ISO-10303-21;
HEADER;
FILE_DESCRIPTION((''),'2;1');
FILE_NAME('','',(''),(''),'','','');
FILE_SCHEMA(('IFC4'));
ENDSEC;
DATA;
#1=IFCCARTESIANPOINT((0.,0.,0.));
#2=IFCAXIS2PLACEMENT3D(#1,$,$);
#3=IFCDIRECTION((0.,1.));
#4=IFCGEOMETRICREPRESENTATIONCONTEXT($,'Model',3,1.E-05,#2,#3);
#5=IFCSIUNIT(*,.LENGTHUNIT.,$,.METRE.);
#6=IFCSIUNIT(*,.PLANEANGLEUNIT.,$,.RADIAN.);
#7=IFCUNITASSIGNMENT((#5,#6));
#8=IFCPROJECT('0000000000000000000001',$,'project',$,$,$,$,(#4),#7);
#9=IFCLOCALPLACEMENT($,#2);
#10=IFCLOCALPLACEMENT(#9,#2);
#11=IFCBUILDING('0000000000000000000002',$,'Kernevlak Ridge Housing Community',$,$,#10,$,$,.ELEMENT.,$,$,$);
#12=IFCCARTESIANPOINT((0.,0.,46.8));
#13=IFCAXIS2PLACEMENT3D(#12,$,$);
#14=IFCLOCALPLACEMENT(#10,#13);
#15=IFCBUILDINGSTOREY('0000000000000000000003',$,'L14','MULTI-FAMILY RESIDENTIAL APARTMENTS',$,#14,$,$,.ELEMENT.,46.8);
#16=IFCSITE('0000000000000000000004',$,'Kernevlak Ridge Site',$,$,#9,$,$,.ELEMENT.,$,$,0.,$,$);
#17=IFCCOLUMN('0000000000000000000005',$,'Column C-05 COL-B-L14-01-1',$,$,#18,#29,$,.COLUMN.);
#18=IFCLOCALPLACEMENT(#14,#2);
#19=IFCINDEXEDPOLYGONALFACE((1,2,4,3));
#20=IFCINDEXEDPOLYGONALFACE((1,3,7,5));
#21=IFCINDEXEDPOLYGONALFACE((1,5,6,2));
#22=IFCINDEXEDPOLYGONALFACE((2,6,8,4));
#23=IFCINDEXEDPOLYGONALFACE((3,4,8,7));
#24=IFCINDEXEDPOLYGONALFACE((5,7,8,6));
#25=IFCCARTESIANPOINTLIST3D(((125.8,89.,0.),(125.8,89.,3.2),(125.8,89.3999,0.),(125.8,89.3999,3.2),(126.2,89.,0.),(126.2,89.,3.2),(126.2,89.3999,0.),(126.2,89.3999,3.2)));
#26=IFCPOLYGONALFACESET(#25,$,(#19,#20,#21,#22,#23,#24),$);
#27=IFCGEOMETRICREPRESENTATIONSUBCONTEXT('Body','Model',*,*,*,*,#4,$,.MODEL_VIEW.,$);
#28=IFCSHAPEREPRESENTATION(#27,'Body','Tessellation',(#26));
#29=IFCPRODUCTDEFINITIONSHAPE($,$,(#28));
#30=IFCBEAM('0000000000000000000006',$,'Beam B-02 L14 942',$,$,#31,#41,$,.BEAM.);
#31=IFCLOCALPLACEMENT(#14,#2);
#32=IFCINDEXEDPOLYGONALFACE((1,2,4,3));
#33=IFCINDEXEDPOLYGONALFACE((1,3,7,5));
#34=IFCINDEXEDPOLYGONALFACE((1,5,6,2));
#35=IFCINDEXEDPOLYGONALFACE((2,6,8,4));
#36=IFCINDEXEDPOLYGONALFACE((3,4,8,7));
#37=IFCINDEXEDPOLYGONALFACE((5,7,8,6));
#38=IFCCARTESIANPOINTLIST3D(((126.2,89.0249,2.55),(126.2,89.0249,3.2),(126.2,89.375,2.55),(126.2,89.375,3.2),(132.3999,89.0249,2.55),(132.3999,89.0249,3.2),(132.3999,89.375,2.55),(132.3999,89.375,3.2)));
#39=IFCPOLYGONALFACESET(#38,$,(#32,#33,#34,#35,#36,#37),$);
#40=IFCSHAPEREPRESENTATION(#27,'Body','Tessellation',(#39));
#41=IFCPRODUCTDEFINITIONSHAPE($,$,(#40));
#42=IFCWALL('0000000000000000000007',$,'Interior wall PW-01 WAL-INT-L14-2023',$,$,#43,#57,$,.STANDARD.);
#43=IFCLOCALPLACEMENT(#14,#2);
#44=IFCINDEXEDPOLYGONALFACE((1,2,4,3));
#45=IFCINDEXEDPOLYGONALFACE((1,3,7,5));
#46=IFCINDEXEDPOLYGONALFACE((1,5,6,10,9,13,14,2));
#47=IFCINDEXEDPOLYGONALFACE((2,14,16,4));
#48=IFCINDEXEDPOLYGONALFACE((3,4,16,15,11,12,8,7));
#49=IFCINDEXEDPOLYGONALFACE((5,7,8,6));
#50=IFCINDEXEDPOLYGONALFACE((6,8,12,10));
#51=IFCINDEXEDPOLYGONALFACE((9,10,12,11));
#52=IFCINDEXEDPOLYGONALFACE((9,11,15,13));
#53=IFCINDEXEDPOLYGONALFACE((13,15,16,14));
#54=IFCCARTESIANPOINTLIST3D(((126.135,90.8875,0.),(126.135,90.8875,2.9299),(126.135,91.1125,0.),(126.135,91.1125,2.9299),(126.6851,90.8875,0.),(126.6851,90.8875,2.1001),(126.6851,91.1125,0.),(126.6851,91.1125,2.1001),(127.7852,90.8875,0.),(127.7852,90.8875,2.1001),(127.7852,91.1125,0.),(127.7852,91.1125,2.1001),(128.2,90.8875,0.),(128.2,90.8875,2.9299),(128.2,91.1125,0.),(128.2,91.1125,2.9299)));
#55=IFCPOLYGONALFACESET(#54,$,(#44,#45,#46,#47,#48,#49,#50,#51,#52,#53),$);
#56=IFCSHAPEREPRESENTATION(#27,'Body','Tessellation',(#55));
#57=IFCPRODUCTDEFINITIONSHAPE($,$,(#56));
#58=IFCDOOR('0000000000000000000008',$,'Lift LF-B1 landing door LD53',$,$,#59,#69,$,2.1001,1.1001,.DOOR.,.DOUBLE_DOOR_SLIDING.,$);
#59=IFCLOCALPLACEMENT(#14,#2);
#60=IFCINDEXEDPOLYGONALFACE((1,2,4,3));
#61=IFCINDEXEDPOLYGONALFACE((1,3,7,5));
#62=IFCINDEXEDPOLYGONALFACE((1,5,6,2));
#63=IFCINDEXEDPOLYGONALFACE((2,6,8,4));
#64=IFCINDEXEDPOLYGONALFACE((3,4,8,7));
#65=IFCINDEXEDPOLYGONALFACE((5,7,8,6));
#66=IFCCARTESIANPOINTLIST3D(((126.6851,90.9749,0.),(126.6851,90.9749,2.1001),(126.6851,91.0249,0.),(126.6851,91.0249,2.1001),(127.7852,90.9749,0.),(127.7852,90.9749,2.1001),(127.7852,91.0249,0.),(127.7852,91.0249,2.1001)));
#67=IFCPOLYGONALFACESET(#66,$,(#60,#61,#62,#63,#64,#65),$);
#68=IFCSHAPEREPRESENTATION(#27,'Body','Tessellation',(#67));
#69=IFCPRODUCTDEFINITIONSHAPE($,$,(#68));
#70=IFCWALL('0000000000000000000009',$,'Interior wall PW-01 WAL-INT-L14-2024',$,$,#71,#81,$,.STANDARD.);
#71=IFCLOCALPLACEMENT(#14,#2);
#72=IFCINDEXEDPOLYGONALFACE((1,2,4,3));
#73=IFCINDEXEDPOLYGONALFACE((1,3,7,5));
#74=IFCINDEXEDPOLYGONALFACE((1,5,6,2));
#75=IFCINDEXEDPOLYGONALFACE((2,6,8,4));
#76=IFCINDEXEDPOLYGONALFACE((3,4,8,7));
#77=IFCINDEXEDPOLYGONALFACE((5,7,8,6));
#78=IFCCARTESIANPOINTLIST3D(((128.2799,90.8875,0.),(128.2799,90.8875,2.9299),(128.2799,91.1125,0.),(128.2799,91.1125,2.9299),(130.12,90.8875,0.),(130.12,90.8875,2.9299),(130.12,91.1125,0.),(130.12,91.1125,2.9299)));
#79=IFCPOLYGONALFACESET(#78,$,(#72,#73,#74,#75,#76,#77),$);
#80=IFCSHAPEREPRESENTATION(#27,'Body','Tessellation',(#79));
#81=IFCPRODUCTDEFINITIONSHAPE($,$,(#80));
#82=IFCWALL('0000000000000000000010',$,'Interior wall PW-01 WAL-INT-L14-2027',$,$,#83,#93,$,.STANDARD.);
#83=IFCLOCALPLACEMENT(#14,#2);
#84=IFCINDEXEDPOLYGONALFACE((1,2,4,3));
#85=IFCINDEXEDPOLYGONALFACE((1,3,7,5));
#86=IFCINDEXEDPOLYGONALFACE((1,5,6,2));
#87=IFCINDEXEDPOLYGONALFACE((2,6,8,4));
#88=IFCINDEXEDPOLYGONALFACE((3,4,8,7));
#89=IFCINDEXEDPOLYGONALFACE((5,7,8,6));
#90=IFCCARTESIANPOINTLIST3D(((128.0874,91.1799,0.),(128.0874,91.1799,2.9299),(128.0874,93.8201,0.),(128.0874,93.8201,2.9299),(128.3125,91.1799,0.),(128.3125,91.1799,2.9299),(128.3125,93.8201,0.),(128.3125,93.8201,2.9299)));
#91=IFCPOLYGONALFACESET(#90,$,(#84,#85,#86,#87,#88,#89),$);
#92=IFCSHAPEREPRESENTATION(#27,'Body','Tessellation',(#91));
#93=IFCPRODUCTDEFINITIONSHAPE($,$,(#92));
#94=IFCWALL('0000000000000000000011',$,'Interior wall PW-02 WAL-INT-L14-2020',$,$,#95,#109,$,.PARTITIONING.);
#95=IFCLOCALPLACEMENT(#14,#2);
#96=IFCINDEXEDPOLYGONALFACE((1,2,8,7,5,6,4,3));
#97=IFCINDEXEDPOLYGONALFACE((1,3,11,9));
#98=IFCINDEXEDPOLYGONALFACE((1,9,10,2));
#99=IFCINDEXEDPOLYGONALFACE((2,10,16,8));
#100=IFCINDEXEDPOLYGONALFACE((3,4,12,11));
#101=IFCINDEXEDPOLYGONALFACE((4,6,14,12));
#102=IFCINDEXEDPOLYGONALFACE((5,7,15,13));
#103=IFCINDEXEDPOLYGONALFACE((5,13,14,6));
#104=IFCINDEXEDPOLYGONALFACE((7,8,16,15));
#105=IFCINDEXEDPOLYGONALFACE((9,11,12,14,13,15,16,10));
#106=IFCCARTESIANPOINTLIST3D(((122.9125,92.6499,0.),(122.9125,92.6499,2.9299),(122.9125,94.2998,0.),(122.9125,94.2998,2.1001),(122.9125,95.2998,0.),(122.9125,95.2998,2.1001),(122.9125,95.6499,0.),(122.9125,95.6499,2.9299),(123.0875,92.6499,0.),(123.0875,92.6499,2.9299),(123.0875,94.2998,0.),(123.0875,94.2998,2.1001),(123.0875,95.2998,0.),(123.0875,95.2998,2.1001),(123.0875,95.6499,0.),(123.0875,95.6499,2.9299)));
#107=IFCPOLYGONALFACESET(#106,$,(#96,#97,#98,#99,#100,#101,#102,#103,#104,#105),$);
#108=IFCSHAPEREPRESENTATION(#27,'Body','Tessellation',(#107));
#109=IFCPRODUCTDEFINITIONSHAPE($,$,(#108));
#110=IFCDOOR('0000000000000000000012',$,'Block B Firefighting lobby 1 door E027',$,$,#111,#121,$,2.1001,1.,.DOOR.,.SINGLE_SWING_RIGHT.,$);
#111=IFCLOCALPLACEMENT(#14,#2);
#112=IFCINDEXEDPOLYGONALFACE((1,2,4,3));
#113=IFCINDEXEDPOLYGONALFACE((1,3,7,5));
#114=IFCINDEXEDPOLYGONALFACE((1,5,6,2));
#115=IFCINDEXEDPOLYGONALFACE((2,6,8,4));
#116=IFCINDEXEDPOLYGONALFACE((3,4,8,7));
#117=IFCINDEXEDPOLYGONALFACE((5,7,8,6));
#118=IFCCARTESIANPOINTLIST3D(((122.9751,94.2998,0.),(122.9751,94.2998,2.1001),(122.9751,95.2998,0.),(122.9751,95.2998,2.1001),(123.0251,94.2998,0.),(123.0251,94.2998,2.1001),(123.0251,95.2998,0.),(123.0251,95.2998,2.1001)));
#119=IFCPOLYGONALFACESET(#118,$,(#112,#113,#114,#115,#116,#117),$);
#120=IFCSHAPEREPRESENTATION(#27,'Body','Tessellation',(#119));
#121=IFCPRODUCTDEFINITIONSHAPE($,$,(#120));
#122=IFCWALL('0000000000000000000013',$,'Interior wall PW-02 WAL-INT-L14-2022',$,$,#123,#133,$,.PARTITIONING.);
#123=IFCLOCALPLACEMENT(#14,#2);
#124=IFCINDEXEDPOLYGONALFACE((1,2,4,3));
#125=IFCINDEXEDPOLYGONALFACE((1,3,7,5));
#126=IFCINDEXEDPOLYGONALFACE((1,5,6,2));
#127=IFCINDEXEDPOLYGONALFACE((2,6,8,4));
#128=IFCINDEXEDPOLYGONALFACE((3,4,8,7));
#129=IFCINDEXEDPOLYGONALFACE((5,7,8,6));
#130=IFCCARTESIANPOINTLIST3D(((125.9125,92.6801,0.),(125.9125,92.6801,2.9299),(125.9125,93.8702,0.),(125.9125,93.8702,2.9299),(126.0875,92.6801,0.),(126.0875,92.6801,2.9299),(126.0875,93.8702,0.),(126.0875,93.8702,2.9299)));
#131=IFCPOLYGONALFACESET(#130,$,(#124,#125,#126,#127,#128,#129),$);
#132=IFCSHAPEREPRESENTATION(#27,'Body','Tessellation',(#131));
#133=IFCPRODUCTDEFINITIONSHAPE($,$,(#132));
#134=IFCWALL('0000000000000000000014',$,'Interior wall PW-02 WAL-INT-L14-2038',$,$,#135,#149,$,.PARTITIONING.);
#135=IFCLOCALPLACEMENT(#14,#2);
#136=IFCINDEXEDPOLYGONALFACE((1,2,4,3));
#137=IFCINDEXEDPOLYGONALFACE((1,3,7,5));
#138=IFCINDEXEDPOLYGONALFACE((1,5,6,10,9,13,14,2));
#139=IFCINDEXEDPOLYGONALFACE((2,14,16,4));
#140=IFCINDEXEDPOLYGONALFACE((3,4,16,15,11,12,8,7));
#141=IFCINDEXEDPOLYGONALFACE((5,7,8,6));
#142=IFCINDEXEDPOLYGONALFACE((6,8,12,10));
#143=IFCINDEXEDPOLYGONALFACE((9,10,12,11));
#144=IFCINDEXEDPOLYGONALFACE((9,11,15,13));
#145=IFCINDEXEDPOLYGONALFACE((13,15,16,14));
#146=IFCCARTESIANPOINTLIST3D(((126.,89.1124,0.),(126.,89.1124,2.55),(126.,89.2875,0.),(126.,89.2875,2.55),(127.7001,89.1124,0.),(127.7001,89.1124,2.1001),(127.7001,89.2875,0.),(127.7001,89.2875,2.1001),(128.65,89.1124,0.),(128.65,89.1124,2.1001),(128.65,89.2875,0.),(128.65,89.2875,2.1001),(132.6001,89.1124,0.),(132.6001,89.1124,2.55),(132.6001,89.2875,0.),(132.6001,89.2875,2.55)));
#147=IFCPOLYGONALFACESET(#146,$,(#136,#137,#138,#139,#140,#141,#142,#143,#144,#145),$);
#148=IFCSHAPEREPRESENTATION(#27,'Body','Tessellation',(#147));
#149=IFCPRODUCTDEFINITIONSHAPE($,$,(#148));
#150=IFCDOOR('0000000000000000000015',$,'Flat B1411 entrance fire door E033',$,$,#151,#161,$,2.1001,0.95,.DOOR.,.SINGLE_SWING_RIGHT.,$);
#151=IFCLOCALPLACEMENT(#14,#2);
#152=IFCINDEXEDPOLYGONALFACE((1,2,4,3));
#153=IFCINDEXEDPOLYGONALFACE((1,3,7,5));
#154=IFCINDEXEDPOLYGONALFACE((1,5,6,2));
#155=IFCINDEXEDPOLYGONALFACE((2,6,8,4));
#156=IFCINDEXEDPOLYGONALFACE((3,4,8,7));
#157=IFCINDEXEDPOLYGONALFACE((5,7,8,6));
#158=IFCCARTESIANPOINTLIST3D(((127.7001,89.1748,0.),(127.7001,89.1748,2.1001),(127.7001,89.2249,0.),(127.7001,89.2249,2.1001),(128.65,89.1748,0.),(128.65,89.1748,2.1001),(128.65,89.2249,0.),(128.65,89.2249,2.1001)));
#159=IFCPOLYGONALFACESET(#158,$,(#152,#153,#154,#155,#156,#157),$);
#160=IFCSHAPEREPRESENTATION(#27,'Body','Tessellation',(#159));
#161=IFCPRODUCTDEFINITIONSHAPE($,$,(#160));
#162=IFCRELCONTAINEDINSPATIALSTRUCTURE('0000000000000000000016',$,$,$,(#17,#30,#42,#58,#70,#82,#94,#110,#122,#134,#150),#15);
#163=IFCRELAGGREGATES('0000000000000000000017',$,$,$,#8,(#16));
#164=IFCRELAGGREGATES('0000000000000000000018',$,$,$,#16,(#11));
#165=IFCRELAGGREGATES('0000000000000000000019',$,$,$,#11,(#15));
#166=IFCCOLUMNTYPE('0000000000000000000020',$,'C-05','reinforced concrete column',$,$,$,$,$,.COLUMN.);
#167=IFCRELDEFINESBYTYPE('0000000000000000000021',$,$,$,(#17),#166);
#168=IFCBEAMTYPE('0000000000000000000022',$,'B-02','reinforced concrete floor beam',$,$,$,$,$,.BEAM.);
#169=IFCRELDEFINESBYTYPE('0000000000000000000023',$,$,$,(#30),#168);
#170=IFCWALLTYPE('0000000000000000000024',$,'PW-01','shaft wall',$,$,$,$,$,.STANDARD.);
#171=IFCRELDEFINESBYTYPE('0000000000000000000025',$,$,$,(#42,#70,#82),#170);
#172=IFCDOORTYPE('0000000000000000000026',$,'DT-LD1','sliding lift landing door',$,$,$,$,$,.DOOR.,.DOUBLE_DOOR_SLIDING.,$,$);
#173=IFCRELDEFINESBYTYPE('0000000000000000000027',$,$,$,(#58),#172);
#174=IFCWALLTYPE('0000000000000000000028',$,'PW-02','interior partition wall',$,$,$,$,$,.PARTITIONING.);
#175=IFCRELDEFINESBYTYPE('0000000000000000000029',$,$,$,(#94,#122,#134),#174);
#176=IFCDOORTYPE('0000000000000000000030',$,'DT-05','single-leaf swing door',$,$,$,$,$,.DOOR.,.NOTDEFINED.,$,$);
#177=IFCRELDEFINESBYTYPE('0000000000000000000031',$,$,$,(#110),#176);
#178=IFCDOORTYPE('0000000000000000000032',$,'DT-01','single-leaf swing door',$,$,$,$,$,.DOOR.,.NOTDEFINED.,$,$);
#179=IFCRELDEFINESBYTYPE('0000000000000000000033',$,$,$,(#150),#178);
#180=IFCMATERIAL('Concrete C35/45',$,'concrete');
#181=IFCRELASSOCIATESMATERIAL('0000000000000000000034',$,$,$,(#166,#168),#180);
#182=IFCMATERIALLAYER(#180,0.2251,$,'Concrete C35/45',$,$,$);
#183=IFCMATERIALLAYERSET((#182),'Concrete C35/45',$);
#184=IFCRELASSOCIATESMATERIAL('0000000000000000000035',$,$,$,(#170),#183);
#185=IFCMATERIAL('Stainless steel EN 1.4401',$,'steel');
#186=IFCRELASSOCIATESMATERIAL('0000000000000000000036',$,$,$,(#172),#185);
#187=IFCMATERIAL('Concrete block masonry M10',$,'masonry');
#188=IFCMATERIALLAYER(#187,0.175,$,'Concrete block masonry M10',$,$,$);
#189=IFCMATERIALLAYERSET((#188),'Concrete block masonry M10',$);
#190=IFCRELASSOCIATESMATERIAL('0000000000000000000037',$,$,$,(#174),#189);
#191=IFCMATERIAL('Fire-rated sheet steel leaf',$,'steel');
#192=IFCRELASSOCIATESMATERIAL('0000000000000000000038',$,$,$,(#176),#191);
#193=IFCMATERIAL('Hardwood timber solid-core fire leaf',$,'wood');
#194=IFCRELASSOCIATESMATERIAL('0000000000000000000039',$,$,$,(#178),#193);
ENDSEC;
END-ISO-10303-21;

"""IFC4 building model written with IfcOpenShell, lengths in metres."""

from ifc_helpers import new_model, si_unit, direction, frame, frame_2d, origin, origin_2d, place, context, subcontext, project, spatial, rectangle, extrude, material, layer, layer_set, material_profile, profile_set, type_object, element, fill, save


model = new_model("IFC4")

# Units and contexts
model_context = context("Model", 3, precision=1e-05, world=origin(), true_north=direction((0.0, 1.0)))
body_context = subcontext(model_context, "Body", "Model", "MODEL_VIEW")
ifc_project = project(units=[si_unit("LENGTHUNIT", "METRE"), si_unit("PLANEANGLEUNIT", "RADIAN")], contexts=[model_context])

# Site, building, storey
site_placement = place(None, origin())
site = spatial("IfcSite", under=ifc_project, at=site_placement, Name="Kernevlak Ridge Site", CompositionType="ELEMENT", RefElevation=0.0)
building_placement = place(site_placement, origin())
building = spatial("IfcBuilding", under=site, at=building_placement, Name="Kernevlak Ridge Housing Community", CompositionType="ELEMENT")
storey_placement = place(building_placement, frame((0.0, 0.0, 46.8)))
storey = spatial("IfcBuildingStorey", under=building, at=storey_placement, Name="L14", Description="MULTI-FAMILY RESIDENTIAL APARTMENTS", CompositionType="ELEMENT", Elevation=46.8)

# Column
ifc_material_1 = material(Name="Concrete C35/45", Category="concrete")
ifc_material_profile_1 = material_profile(ifc_material_1, rectangle(XDim=0.3999, YDim=0.3999, at=origin_2d()), Name="RC 400x400")
ifc_profile_set_1 = profile_set([ifc_material_profile_1], Name="Concrete C35/45")
column_type = type_object("IfcColumnType", Name="C-05", Description="reinforced concrete column", PredefinedType="COLUMN", material=ifc_profile_set_1)
column_placement = place(storey_placement, frame((126.0, 89.2, 0.0), z_axis=(0.0, 0.0, 1.0), x_axis=(1.0, 0.0, 0.0)))
element("IfcColumn", 1, at=column_placement, inside=storey, type_object=column_type, Name="Column C-05 COL-B-L14-01-1", PredefinedType="COLUMN", context=body_context, shape_type="SweptSolid", body=[
    extrude(rectangle(XDim=0.3999, YDim=0.3999, at=origin_2d()), origin(), (0.0, 0.0, 1.0), 3.2),
])

# Beam
ifc_material_profile_2 = material_profile(ifc_material_1, rectangle(XDim=0.3501, YDim=0.6499, at=origin_2d()), Name="RC 350x650")
ifc_profile_set_2 = profile_set([ifc_material_profile_2], Name="Concrete C35/45")
beam_type = type_object("IfcBeamType", Name="B-02", Description="reinforced concrete floor beam", PredefinedType="BEAM", material=ifc_profile_set_2)
beam_placement = place(storey_placement, frame((126.2, 89.2, 2.875), z_axis=(1.0, 0.0, 0.0), x_axis=(0.0, 1.0, 0.0)))
element("IfcBeam", 2, at=beam_placement, inside=storey, type_object=beam_type, Name="Beam B-02 L14 942", PredefinedType="BEAM", context=body_context, shape_type="SweptSolid", body=[
    extrude(rectangle(XDim=0.3501, YDim=0.6499, at=origin_2d()), origin(), (0.0, 0.0, 1.0), 6.2),
])

# Wall, opening, door
ifc_layer_1 = layer(ifc_material_1, 0.2251, Name="Concrete C35/45")
ifc_layer_set_1 = layer_set([ifc_layer_1], Name="Concrete C35/45")
wall_type_1 = type_object("IfcWallType", Name="PW-01", Description="shaft wall", PredefinedType="STANDARD", material=ifc_layer_set_1)
wall_1_placement = place(storey_placement, frame((126.135, 91.0, 0.0), z_axis=(0.0, 0.0, 1.0), x_axis=(1.0, 0.0, 0.0)))
wall_1 = element("IfcWall", 3, at=wall_1_placement, inside=storey, type_object=wall_type_1, Name="Interior wall PW-01 WAL-INT-L14-2023", PredefinedType="STANDARD", context=body_context, shape_type="SweptSolid", body=[
    extrude(rectangle(XDim=2.0649, YDim=0.2251, at=frame_2d((1.0325, 0.0))), origin(), (0.0, 0.0, 1.0), 2.9299),
])
opening_1_placement = place(wall_1_placement, frame((0.55, 0.0, 0.0)))
opening_1 = element("IfcOpeningElement", 4, at=opening_1_placement, cuts=wall_1, PredefinedType="OPENING", context=body_context, shape_type="SweptSolid", body=[
    extrude(rectangle(XDim=1.1001, YDim=2.1001, at=frame_2d((0.55, 1.05))), frame((0.0, 0.1226, 0.0), z_axis=(0.0, -1.0, 0.0), x_axis=(1.0, 0.0, 0.0)), (0.0, 0.0, 1.0), 0.2451),
])
ifc_material_2 = material(Name="Stainless steel EN 1.4401", Category="steel")
door_type_1 = type_object("IfcDoorType", Name="DT-LD1", Description="sliding lift landing door", OperationType="DOUBLE_DOOR_SLIDING", PredefinedType="DOOR", material=ifc_material_2)
door_1_placement = place(opening_1_placement, origin())
door_1 = element("IfcDoor", 5, at=door_1_placement, inside=storey, type_object=door_type_1, Name="Lift LF-B1 landing door LD53", OperationType="DOUBLE_DOOR_SLIDING", OverallHeight=2.1001, OverallWidth=1.1001, PredefinedType="DOOR", context=body_context, shape_type="SweptSolid", body=[
    extrude(rectangle(XDim=1.1001, YDim=2.1001, at=frame_2d((0.55, 1.05))), frame((0.0, 0.0249, 0.0), z_axis=(0.0, -1.0, 0.0), x_axis=(1.0, 0.0, 0.0)), (0.0, 0.0, 1.0), 0.05),
])
fill(opening_1, door_1)

# Walls
wall_2_placement = place(storey_placement, frame((128.28, 91.0, 0.0), z_axis=(0.0, 0.0, 1.0), x_axis=(1.0, 0.0, 0.0)))
element("IfcWall", 6, at=wall_2_placement, inside=storey, type_object=wall_type_1, Name="Interior wall PW-01 WAL-INT-L14-2024", PredefinedType="STANDARD", context=body_context, shape_type="SweptSolid", body=[
    extrude(rectangle(XDim=1.8401, YDim=0.2251, at=frame_2d((0.9199, 0.0))), origin(), (0.0, 0.0, 1.0), 2.9299),
])
wall_3_placement = place(storey_placement, frame((128.2, 91.1799, 0.0), z_axis=(0.0, 0.0, 1.0), x_axis=(0.0, 1.0, 0.0)))
element("IfcWall", 7, at=wall_3_placement, inside=storey, type_object=wall_type_1, Name="Interior wall PW-01 WAL-INT-L14-2027", PredefinedType="STANDARD", context=body_context, shape_type="SweptSolid", body=[
    extrude(rectangle(XDim=2.6401, YDim=0.2251, at=frame_2d((1.3201, 0.0))), origin(), (0.0, 0.0, 1.0), 2.9299),
])

# Wall, opening, door
ifc_material_3 = material(Name="Concrete block masonry M10", Category="masonry")
ifc_layer_2 = layer(ifc_material_3, 0.175, Name="Concrete block masonry M10")
ifc_layer_set_2 = layer_set([ifc_layer_2], Name="Concrete block masonry M10")
wall_type_2 = type_object("IfcWallType", Name="PW-02", Description="interior partition wall", PredefinedType="PARTITIONING", material=ifc_layer_set_2)
wall_4_placement = place(storey_placement, frame((123.0, 92.6499, 0.0), z_axis=(0.0, 0.0, 1.0), x_axis=(0.0, 1.0, 0.0)))
wall_4 = element("IfcWall", 8, at=wall_4_placement, inside=storey, type_object=wall_type_2, Name="Interior wall PW-02 WAL-INT-L14-2020", PredefinedType="PARTITIONING", context=body_context, shape_type="SweptSolid", body=[
    extrude(rectangle(XDim=3.0, YDim=0.175, at=frame_2d((1.5, 0.0))), origin(), (0.0, 0.0, 1.0), 2.9299),
])
opening_2_placement = place(wall_4_placement, frame((1.6499, 0.0, 0.0)))
opening_2 = element("IfcOpeningElement", 9, at=opening_2_placement, cuts=wall_4, PredefinedType="OPENING", context=body_context, shape_type="SweptSolid", body=[
    extrude(rectangle(XDim=1.0, YDim=2.1001, at=frame_2d((0.5, 1.05))), frame((0.0, 0.0974, 0.0), z_axis=(0.0, -1.0, 0.0), x_axis=(1.0, 0.0, 0.0)), (0.0, 0.0, 1.0), 0.1951),
])
ifc_material_4 = material(Name="Fire-rated sheet steel leaf", Category="steel")
door_type_2 = type_object("IfcDoorType", Name="DT-05", Description="single-leaf swing door", OperationType="NOTDEFINED", PredefinedType="DOOR", material=ifc_material_4)
door_2_placement = place(opening_2_placement, origin())
door_2 = element("IfcDoor", 10, at=door_2_placement, inside=storey, type_object=door_type_2, Name="Block B Firefighting lobby 1 door E027", OperationType="SINGLE_SWING_RIGHT", OverallHeight=2.1001, OverallWidth=1.0, PredefinedType="DOOR", context=body_context, shape_type="SweptSolid", body=[
    extrude(rectangle(XDim=1.0, YDim=2.1001, at=frame_2d((0.5, 1.05))), frame((0.0, 0.0249, 0.0), z_axis=(0.0, -1.0, 0.0), x_axis=(1.0, 0.0, 0.0)), (0.0, 0.0, 1.0), 0.05),
])
fill(opening_2, door_2)

# Wall
wall_5_placement = place(storey_placement, frame((126.0, 92.6799, 0.0), z_axis=(0.0, 0.0, 1.0), x_axis=(0.0, 1.0, 0.0)))
element("IfcWall", 11, at=wall_5_placement, inside=storey, type_object=wall_type_2, Name="Interior wall PW-02 WAL-INT-L14-2022", PredefinedType="PARTITIONING", context=body_context, shape_type="SweptSolid", body=[
    extrude(rectangle(XDim=1.1902, YDim=0.175, at=frame_2d((0.5952, 0.0))), origin(), (0.0, 0.0, 1.0), 2.9299),
])

# Wall, opening, door
wall_6_placement = place(storey_placement, frame((126.0, 89.2, 0.0), z_axis=(0.0, 0.0, 1.0), x_axis=(1.0, 0.0, 0.0)))
wall_6 = element("IfcWall", 12, at=wall_6_placement, inside=storey, type_object=wall_type_2, Name="Interior wall PW-02 WAL-INT-L14-2038", PredefinedType="PARTITIONING", context=body_context, shape_type="SweptSolid", body=[
    extrude(rectangle(XDim=6.6001, YDim=0.175, at=frame_2d((3.3, 0.0))), origin(), (0.0, 0.0, 1.0), 2.55),
])
opening_3_placement = place(wall_6_placement, frame((1.7, 0.0, 0.0)))
opening_3 = element("IfcOpeningElement", 13, at=opening_3_placement, cuts=wall_6, PredefinedType="OPENING", context=body_context, shape_type="SweptSolid", body=[
    extrude(rectangle(XDim=0.95, YDim=2.1001, at=frame_2d((0.4751, 1.05))), frame((0.0, 0.0974, 0.0), z_axis=(0.0, -1.0, 0.0), x_axis=(1.0, 0.0, 0.0)), (0.0, 0.0, 1.0), 0.1951),
])
ifc_material_5 = material(Name="Hardwood timber solid-core fire leaf", Category="wood")
door_type_3 = type_object("IfcDoorType", Name="DT-01", Description="single-leaf swing door", OperationType="NOTDEFINED", PredefinedType="DOOR", material=ifc_material_5)
door_3_placement = place(opening_3_placement, origin())
door_3 = element("IfcDoor", 14, at=door_3_placement, inside=storey, type_object=door_type_3, Name="Flat B1411 entrance fire door E033", OperationType="SINGLE_SWING_RIGHT", OverallHeight=2.1001, OverallWidth=0.95, PredefinedType="DOOR", context=body_context, shape_type="SweptSolid", body=[
    extrude(rectangle(XDim=0.95, YDim=2.1001, at=frame_2d((0.4751, 1.05))), frame((0.0, 0.0249, 0.0), z_axis=(0.0, -1.0, 0.0), x_axis=(1.0, 0.0, 0.0)), (0.0, 0.0, 1.0), 0.05),
])
fill(opening_3, door_3)

save(model, "model.ifc")
